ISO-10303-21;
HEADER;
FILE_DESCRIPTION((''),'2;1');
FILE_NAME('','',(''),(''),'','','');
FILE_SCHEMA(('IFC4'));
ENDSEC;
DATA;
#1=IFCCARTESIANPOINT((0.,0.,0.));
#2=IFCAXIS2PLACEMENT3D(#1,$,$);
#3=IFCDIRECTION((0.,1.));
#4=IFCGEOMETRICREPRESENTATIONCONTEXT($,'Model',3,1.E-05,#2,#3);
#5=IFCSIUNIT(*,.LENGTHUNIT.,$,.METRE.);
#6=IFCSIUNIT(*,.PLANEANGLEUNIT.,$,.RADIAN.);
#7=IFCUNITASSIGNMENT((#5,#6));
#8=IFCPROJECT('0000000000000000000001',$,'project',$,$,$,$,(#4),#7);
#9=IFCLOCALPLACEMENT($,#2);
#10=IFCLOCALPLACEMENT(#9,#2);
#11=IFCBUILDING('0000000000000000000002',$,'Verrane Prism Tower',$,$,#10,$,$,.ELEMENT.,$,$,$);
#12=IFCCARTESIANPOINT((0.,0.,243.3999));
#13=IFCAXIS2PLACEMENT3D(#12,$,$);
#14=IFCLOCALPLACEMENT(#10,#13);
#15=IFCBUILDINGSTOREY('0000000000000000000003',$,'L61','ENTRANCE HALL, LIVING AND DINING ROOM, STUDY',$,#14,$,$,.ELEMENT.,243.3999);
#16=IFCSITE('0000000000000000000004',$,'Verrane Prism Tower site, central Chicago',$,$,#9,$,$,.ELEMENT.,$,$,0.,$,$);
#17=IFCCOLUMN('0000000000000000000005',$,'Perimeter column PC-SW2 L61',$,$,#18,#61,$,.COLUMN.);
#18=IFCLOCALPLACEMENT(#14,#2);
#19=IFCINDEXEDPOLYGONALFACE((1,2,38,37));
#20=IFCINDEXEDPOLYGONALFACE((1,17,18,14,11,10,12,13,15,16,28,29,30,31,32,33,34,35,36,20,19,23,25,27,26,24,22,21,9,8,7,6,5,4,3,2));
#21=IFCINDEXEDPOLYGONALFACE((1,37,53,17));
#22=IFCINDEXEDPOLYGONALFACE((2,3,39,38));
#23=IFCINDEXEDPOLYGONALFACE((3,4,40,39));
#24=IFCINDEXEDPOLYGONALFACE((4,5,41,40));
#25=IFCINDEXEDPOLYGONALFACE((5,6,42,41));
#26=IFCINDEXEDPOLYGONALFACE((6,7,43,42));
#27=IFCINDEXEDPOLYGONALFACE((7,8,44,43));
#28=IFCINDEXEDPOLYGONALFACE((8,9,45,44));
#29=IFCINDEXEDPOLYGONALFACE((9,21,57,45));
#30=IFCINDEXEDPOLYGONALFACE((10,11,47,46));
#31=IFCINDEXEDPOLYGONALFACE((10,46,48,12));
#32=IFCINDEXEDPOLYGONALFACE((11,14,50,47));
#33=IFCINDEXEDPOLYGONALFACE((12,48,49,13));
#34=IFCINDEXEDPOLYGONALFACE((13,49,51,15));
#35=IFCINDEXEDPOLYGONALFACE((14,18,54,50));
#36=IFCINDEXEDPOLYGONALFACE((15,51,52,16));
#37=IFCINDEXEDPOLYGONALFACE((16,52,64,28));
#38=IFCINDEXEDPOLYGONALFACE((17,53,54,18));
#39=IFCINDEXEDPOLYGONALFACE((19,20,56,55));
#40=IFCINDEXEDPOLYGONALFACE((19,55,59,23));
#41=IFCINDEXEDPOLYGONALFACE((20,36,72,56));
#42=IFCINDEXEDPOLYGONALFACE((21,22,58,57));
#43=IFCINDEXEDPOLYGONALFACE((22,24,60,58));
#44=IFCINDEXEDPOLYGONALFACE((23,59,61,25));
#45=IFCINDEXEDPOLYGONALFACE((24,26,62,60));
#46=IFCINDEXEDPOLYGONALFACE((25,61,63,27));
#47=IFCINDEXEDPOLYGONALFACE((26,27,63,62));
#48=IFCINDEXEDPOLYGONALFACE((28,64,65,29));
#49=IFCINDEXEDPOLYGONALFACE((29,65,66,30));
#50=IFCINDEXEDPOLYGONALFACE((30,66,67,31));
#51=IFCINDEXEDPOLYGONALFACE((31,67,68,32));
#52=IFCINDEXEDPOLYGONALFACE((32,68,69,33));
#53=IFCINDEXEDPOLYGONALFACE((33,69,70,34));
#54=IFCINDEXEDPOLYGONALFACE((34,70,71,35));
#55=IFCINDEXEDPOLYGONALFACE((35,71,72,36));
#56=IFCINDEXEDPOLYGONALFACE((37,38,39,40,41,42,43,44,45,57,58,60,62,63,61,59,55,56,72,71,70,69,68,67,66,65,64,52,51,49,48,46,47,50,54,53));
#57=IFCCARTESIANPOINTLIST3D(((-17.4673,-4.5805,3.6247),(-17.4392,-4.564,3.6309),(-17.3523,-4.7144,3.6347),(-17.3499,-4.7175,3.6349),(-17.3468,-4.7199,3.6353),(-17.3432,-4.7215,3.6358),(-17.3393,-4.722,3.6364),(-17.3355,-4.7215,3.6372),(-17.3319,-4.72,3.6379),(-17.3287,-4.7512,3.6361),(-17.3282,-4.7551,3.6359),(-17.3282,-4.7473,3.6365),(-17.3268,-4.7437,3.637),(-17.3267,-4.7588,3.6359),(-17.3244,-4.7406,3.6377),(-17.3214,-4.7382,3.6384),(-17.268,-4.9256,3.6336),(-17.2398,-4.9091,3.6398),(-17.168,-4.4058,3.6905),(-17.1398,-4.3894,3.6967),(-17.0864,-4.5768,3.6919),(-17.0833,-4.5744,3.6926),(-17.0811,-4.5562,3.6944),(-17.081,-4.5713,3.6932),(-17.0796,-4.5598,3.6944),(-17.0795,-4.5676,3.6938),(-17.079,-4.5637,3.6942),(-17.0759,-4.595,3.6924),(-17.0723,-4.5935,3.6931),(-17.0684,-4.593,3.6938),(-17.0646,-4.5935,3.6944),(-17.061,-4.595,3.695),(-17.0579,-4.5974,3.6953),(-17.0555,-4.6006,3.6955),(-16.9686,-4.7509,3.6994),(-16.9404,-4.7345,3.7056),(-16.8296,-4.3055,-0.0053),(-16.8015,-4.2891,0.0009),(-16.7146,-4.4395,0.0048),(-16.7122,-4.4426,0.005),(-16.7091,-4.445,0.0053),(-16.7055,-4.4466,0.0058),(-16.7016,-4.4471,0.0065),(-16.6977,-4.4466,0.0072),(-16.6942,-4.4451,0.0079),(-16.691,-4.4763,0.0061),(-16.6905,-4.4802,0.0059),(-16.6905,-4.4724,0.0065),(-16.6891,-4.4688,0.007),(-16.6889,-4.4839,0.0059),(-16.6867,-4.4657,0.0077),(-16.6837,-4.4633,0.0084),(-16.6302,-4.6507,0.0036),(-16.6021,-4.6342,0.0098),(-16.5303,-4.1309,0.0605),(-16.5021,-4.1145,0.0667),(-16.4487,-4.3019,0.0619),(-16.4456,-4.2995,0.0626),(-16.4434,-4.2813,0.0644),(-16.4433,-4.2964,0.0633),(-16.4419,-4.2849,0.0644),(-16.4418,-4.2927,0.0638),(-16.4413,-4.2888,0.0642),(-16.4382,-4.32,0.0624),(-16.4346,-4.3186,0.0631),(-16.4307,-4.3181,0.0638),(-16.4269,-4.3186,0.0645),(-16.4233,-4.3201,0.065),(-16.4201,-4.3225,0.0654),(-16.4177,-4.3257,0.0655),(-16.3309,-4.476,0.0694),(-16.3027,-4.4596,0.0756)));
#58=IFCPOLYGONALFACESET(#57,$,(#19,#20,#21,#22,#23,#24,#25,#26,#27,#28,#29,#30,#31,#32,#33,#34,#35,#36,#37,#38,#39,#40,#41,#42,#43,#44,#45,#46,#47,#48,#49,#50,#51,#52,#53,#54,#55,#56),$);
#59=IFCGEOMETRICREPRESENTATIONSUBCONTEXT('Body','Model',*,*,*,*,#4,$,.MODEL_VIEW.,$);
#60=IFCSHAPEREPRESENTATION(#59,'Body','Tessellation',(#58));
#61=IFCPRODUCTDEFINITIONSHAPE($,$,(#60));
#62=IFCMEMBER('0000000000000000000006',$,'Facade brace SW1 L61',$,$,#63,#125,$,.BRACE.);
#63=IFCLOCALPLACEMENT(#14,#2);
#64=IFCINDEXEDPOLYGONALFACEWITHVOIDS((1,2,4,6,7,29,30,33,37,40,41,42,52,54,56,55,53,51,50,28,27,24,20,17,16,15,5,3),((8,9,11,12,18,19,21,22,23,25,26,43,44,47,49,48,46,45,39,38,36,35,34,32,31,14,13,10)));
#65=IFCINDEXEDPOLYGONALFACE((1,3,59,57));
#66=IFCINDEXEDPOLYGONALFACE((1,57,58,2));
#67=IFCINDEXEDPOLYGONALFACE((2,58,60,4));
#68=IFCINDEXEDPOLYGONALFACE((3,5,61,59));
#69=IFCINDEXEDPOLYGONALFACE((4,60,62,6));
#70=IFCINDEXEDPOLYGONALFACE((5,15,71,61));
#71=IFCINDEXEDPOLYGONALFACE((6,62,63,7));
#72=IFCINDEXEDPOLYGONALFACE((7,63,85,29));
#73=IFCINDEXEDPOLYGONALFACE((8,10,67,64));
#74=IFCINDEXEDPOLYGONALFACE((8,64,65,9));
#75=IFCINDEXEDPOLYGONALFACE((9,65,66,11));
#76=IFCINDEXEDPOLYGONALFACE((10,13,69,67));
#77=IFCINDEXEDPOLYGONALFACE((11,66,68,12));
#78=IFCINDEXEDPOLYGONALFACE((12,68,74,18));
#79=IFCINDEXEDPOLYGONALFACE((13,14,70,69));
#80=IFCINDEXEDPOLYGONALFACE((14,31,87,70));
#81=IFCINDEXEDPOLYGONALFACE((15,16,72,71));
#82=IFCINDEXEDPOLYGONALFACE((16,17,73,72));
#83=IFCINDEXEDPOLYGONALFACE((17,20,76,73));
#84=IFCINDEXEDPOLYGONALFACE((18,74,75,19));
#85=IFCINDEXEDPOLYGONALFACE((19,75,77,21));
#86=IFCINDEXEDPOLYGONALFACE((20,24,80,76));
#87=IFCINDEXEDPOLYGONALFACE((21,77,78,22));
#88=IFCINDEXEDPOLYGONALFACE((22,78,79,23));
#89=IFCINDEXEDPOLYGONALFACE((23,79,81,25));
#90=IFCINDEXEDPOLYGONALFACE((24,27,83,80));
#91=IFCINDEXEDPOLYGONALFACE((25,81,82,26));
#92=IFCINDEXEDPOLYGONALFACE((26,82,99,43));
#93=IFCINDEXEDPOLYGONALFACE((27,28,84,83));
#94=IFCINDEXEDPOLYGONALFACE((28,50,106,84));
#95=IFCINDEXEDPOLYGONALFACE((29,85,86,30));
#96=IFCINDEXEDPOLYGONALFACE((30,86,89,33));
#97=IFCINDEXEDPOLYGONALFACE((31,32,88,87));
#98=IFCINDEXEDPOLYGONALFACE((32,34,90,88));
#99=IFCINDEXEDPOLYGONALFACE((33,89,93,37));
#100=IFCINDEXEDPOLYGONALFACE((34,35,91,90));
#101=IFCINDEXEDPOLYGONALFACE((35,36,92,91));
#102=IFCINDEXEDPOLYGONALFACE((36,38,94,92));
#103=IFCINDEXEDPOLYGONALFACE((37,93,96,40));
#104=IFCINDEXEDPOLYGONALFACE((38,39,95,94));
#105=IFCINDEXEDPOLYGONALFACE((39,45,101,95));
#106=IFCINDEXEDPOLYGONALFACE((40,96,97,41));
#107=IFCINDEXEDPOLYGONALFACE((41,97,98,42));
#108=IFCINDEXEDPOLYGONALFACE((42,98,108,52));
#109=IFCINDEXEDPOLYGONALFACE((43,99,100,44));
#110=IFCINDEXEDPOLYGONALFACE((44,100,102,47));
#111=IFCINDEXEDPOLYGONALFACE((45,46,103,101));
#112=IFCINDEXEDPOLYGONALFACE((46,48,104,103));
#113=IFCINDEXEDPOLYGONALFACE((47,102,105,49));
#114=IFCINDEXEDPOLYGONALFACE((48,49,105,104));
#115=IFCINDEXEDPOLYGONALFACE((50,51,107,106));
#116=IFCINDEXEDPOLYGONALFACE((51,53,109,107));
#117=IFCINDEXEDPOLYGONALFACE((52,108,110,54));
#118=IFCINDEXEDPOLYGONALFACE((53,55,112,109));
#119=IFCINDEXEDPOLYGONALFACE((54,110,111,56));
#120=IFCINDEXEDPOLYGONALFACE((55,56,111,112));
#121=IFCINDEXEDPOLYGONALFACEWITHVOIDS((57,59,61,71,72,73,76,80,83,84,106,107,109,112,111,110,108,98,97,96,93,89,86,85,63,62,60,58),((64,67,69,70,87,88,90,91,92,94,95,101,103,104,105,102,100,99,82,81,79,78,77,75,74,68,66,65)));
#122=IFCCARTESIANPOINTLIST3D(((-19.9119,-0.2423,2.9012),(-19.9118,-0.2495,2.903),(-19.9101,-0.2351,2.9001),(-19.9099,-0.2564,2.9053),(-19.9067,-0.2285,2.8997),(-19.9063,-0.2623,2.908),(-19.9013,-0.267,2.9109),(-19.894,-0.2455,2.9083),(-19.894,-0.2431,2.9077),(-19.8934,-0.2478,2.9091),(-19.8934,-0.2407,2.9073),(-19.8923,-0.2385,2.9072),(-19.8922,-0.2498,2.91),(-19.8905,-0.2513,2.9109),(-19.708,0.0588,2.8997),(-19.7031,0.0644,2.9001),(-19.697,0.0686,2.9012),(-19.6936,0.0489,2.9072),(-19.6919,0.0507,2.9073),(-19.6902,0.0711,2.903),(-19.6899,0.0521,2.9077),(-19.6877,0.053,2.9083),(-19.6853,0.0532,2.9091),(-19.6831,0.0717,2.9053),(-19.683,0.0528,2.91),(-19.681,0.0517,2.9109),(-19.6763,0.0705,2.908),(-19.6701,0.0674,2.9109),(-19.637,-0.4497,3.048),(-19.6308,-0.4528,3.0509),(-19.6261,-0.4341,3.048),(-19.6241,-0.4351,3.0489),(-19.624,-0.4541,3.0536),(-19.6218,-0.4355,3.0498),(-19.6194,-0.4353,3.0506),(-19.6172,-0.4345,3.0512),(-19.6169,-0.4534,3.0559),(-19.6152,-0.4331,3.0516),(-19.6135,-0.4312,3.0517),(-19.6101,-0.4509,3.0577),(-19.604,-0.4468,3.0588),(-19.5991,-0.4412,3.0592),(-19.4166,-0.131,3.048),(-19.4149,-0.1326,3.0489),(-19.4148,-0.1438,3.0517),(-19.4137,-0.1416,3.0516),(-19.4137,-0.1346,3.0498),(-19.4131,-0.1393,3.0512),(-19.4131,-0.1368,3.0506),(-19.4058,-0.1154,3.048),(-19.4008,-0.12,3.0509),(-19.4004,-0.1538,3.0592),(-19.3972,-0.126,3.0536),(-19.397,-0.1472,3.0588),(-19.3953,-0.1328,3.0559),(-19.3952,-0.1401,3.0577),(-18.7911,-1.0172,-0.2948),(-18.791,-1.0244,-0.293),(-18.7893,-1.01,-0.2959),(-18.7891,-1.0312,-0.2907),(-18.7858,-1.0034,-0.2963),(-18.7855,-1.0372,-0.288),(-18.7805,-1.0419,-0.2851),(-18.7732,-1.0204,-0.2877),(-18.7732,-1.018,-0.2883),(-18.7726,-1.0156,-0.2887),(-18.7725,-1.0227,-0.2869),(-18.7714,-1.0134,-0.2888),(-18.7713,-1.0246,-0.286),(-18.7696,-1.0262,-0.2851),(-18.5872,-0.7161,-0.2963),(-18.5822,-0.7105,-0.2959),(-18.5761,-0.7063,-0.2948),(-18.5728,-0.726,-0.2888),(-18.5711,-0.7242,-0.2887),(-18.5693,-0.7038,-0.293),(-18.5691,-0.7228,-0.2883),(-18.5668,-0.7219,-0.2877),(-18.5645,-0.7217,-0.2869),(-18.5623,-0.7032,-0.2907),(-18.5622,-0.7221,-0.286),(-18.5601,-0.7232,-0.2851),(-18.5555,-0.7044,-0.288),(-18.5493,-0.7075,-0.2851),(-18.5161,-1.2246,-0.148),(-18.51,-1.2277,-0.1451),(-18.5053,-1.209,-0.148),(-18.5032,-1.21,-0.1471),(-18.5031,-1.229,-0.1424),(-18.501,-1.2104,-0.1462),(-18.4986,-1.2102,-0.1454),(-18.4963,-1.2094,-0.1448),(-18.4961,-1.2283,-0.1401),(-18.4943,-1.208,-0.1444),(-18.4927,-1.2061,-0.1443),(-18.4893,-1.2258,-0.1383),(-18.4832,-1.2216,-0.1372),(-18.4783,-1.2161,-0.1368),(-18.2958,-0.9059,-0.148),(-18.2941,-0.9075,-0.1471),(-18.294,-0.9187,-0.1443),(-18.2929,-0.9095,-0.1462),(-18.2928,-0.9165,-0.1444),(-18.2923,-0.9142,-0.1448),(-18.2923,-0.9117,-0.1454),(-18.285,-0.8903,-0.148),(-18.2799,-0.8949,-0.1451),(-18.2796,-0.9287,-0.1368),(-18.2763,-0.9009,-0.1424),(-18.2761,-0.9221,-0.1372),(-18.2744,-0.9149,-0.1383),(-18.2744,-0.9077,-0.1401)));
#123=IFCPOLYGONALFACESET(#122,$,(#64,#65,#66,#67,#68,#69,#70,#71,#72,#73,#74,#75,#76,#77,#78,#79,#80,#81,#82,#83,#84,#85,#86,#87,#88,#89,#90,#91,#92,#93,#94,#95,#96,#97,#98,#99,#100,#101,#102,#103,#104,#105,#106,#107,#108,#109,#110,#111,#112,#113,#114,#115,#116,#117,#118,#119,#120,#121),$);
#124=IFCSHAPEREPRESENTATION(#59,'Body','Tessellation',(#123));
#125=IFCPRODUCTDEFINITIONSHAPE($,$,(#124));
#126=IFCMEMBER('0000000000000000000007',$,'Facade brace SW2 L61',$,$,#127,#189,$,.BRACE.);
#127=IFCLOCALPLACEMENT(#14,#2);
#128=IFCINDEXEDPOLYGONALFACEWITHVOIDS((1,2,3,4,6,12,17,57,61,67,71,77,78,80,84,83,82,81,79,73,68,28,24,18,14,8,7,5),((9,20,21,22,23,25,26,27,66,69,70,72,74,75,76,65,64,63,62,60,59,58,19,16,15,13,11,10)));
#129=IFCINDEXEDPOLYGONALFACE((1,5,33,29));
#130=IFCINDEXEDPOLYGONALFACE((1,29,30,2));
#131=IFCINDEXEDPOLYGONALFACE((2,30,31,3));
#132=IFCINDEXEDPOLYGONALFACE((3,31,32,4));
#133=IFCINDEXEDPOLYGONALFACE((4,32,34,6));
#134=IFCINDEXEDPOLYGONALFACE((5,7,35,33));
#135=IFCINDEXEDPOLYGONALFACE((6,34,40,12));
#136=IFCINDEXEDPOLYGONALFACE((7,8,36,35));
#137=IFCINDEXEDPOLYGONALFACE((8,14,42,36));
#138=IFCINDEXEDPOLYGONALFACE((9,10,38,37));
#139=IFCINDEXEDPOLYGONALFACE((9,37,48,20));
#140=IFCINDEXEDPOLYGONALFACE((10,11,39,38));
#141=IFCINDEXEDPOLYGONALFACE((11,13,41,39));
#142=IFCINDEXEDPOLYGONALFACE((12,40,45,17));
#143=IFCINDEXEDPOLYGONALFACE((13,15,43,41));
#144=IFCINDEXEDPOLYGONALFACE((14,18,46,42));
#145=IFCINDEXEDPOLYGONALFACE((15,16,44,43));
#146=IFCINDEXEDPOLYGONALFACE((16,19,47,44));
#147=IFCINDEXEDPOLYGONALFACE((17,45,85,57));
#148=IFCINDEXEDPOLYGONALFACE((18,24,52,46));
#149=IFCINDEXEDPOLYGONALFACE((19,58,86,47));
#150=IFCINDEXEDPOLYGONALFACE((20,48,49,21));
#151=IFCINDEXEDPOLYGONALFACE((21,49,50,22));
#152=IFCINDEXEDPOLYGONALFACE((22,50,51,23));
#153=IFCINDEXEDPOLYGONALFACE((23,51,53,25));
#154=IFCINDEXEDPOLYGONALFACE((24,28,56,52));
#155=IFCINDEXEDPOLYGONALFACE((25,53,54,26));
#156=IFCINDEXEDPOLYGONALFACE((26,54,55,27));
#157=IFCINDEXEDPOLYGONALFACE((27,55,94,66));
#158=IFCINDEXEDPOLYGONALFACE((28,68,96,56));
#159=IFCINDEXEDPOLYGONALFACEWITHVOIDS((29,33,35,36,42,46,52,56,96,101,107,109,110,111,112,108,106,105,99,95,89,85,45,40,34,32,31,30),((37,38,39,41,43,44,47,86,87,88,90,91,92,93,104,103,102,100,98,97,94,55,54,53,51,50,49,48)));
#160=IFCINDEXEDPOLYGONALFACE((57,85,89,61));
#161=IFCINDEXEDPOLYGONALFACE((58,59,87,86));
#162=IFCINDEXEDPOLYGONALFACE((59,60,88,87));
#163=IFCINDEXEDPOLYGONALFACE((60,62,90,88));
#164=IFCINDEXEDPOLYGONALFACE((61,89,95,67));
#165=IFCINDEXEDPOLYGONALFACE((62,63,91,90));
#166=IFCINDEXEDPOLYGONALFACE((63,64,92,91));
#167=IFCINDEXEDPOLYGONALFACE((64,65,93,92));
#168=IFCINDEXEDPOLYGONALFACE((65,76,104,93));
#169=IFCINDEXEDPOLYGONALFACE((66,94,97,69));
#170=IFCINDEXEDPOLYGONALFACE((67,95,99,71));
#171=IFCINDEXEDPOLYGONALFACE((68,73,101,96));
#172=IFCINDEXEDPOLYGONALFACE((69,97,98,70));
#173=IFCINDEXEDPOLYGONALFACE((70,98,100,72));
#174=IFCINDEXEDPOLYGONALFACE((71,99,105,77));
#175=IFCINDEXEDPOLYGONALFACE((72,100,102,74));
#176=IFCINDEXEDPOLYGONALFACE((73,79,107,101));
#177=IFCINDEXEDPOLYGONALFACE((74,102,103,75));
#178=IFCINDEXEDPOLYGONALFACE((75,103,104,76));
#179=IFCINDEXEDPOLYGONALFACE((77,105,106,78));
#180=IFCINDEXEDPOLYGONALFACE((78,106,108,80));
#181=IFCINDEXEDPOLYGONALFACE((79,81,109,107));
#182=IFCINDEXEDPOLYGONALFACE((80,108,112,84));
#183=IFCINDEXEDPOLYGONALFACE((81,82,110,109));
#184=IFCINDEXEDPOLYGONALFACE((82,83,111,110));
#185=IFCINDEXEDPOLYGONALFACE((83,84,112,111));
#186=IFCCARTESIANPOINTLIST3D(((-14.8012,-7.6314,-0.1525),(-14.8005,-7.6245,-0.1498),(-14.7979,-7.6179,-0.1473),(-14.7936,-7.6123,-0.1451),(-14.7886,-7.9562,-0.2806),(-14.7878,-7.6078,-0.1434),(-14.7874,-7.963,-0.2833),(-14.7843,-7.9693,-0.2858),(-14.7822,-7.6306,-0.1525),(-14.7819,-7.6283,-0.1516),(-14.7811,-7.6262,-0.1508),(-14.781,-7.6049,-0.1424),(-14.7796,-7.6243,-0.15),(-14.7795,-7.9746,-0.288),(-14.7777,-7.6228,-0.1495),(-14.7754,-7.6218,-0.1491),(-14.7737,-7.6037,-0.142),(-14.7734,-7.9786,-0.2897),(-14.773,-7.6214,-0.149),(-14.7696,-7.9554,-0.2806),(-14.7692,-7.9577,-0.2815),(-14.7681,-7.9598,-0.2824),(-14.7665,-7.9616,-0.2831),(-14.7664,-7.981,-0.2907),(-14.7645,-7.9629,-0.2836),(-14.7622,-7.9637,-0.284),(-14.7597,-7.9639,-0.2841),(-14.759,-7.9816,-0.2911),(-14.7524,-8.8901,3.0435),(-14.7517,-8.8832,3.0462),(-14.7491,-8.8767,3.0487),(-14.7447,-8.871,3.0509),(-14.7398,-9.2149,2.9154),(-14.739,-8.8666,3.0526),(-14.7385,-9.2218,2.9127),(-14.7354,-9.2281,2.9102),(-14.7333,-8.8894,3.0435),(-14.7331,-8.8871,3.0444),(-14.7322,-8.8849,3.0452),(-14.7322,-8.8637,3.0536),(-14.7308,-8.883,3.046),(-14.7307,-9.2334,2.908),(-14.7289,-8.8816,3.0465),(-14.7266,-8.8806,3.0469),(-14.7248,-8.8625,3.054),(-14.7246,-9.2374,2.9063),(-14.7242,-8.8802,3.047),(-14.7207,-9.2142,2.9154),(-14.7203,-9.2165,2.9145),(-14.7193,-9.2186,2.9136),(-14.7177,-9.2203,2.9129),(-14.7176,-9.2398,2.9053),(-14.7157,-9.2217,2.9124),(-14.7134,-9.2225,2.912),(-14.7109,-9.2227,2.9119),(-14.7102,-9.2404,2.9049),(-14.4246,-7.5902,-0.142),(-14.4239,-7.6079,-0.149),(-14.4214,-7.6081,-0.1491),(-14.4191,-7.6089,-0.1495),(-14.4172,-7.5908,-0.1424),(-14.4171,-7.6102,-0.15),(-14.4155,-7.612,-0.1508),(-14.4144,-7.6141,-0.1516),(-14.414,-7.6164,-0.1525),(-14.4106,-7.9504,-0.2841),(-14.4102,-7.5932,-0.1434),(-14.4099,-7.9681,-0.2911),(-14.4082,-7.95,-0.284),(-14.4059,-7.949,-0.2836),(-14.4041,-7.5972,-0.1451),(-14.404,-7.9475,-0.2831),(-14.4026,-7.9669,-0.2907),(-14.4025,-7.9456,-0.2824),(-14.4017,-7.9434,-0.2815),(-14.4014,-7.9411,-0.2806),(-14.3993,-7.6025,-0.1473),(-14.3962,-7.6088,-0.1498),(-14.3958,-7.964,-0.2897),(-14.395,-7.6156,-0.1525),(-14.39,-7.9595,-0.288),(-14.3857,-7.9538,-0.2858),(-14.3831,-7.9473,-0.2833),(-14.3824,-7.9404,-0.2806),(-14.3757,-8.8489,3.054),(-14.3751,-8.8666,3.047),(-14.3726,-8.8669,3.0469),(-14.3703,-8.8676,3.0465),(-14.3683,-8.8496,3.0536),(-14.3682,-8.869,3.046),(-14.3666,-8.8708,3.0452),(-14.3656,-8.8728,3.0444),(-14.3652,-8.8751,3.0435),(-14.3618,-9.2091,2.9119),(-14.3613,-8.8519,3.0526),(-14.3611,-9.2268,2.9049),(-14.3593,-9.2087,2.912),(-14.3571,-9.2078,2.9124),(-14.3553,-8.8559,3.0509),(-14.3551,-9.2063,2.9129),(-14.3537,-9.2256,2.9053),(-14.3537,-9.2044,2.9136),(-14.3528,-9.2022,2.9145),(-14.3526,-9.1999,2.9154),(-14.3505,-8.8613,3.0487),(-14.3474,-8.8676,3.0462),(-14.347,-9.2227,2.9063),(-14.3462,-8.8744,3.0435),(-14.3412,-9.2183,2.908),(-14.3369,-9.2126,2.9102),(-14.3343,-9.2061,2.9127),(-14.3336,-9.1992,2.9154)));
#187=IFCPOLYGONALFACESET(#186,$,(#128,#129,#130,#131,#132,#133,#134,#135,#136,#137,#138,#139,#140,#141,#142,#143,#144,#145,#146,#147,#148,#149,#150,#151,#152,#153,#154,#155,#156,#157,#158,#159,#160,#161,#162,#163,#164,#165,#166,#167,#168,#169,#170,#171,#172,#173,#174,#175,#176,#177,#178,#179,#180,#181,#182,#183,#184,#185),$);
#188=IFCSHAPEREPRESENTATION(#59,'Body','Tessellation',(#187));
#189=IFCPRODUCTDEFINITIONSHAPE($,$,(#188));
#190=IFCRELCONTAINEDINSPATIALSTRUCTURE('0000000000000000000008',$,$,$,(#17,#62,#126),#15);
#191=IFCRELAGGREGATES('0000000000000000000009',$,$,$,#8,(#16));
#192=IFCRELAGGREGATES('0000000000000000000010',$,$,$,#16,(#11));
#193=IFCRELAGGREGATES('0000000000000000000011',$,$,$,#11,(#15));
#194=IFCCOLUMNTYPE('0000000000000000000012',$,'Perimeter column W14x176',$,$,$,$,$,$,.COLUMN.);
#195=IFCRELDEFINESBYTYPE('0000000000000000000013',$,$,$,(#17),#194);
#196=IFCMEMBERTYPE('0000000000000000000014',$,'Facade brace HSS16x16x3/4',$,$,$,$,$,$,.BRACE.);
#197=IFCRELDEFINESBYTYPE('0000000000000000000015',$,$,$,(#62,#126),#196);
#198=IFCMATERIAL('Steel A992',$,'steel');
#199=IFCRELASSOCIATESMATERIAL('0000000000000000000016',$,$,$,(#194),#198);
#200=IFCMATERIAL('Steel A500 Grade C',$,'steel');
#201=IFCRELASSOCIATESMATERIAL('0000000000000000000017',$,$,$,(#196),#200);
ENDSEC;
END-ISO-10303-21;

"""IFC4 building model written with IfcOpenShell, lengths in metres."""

from ifc_helpers import new_model, si_unit, direction, frame, origin, origin_2d, place, context, subcontext, project, spatial, hollow_rectangle, i_section, extrude, material, material_profile, profile_set, type_object, element, save


model = new_model("IFC4")

# Units and contexts
model_context = context("Model", 3, precision=1e-05, world=origin(), true_north=direction((0.0, 1.0)))
body_context = subcontext(model_context, "Body", "Model", "MODEL_VIEW")
ifc_project = project(units=[si_unit("LENGTHUNIT", "METRE"), si_unit("PLANEANGLEUNIT", "RADIAN")], contexts=[model_context])

# Site, building, storey
site_placement = place(None, origin())
site = spatial("IfcSite", under=ifc_project, at=site_placement, Name="Verrane Prism Tower site, central Chicago", CompositionType="ELEMENT", RefElevation=0.0)
building_placement = place(site_placement, origin())
building = spatial("IfcBuilding", under=site, at=building_placement, Name="Verrane Prism Tower", CompositionType="ELEMENT")
storey_placement = place(building_placement, frame((0.0, 0.0, 243.3999)))
storey = spatial("IfcBuildingStorey", under=building, at=storey_placement, Name="L61", Description="ENTRANCE HALL, LIVING AND DINING ROOM, STUDY", CompositionType="ELEMENT", Elevation=243.3999)

# Column
ifc_material_1 = material(Name="Steel A992", Category="steel")
ifc_material_profile_1 = material_profile(ifc_material_1, i_section(OverallWidth=0.3987, OverallDepth=0.386, WebThickness=0.021, FlangeThickness=0.0332, FilletRadius=0.0151, at=origin_2d()), Name="W14x176")
ifc_profile_set_1 = profile_set([ifc_material_profile_1], Name="Steel A992")
column_type = type_object("IfcColumnType", Name="Perimeter column W14x176", PredefinedType="COLUMN", material=ifc_profile_set_1)
column_placement = place(storey_placement, frame((-16.5662, -4.3826, 0.0352), z_axis=(-0.17255, -0.074384, 0.982188), x_axis=(-0.500108, 0.865676, -0.022298)))
element("IfcColumn", 1, at=column_placement, inside=storey, type_object=column_type, Name="Perimeter column PC-SW2 L61", PredefinedType="COLUMN", context=body_context, shape_type="SweptSolid", body=[
    extrude(i_section(OverallWidth=0.3987, OverallDepth=0.386, WebThickness=0.021, FlangeThickness=0.0332, FilletRadius=0.0151, at=origin_2d()), origin(), (0.0, 0.0, 1.0), 3.6958),
])

# Members
ifc_material_2 = material(Name="Steel A500 Grade C", Category="steel")
ifc_material_profile_2 = material_profile(ifc_material_2, hollow_rectangle(XDim=0.4065, YDim=0.4065, WallThickness=0.019, InnerFilletRadius=0.0095, OuterFilletRadius=0.0286, at=origin_2d()), Name="HSS16x16x3/4")
ifc_profile_set_2 = profile_set([ifc_material_profile_2], Name="Steel A500 Grade C")
member_type_1 = type_object("IfcMemberType", Name="Facade brace HSS16x16x3/4", PredefinedType="BRACE", material=ifc_profile_set_2)
member_1_placement = place(storey_placement, frame((-18.5327, -0.9661, -0.2166), z_axis=(-0.322602, 0.223032, 0.919883), x_axis=(-0.568679, -0.82256, 0.0)))
element("IfcMember", 2, at=member_1_placement, inside=storey, type_object=member_type_1, Name="Facade brace SW1 L61", PredefinedType="BRACE", context=body_context, shape_type="SweptSolid", body=[
    extrude(hollow_rectangle(XDim=0.4065, YDim=0.4065, WallThickness=0.019, InnerFilletRadius=0.0095, OuterFilletRadius=0.0286, at=origin_2d()), origin(), (0.0, 0.0, 1.0), 3.4744),
])
member_2_placement = place(storey_placement, frame((-14.5918, -7.7859, -0.2166), z_axis=(0.014213, -0.366422, 0.93034), x_axis=(0.999249, 0.038761, 0.0)))
element("IfcMember", 3, at=member_2_placement, inside=storey, type_object=member_type_1, Name="Facade brace SW2 L61", PredefinedType="BRACE", context=body_context, shape_type="SweptSolid", body=[
    extrude(hollow_rectangle(XDim=0.4065, YDim=0.4065, WallThickness=0.019, InnerFilletRadius=0.0095, OuterFilletRadius=0.0286, at=origin_2d()), origin(), (0.0, 0.0, 1.0), 3.4353),
])

save(model, "model.ifc")
